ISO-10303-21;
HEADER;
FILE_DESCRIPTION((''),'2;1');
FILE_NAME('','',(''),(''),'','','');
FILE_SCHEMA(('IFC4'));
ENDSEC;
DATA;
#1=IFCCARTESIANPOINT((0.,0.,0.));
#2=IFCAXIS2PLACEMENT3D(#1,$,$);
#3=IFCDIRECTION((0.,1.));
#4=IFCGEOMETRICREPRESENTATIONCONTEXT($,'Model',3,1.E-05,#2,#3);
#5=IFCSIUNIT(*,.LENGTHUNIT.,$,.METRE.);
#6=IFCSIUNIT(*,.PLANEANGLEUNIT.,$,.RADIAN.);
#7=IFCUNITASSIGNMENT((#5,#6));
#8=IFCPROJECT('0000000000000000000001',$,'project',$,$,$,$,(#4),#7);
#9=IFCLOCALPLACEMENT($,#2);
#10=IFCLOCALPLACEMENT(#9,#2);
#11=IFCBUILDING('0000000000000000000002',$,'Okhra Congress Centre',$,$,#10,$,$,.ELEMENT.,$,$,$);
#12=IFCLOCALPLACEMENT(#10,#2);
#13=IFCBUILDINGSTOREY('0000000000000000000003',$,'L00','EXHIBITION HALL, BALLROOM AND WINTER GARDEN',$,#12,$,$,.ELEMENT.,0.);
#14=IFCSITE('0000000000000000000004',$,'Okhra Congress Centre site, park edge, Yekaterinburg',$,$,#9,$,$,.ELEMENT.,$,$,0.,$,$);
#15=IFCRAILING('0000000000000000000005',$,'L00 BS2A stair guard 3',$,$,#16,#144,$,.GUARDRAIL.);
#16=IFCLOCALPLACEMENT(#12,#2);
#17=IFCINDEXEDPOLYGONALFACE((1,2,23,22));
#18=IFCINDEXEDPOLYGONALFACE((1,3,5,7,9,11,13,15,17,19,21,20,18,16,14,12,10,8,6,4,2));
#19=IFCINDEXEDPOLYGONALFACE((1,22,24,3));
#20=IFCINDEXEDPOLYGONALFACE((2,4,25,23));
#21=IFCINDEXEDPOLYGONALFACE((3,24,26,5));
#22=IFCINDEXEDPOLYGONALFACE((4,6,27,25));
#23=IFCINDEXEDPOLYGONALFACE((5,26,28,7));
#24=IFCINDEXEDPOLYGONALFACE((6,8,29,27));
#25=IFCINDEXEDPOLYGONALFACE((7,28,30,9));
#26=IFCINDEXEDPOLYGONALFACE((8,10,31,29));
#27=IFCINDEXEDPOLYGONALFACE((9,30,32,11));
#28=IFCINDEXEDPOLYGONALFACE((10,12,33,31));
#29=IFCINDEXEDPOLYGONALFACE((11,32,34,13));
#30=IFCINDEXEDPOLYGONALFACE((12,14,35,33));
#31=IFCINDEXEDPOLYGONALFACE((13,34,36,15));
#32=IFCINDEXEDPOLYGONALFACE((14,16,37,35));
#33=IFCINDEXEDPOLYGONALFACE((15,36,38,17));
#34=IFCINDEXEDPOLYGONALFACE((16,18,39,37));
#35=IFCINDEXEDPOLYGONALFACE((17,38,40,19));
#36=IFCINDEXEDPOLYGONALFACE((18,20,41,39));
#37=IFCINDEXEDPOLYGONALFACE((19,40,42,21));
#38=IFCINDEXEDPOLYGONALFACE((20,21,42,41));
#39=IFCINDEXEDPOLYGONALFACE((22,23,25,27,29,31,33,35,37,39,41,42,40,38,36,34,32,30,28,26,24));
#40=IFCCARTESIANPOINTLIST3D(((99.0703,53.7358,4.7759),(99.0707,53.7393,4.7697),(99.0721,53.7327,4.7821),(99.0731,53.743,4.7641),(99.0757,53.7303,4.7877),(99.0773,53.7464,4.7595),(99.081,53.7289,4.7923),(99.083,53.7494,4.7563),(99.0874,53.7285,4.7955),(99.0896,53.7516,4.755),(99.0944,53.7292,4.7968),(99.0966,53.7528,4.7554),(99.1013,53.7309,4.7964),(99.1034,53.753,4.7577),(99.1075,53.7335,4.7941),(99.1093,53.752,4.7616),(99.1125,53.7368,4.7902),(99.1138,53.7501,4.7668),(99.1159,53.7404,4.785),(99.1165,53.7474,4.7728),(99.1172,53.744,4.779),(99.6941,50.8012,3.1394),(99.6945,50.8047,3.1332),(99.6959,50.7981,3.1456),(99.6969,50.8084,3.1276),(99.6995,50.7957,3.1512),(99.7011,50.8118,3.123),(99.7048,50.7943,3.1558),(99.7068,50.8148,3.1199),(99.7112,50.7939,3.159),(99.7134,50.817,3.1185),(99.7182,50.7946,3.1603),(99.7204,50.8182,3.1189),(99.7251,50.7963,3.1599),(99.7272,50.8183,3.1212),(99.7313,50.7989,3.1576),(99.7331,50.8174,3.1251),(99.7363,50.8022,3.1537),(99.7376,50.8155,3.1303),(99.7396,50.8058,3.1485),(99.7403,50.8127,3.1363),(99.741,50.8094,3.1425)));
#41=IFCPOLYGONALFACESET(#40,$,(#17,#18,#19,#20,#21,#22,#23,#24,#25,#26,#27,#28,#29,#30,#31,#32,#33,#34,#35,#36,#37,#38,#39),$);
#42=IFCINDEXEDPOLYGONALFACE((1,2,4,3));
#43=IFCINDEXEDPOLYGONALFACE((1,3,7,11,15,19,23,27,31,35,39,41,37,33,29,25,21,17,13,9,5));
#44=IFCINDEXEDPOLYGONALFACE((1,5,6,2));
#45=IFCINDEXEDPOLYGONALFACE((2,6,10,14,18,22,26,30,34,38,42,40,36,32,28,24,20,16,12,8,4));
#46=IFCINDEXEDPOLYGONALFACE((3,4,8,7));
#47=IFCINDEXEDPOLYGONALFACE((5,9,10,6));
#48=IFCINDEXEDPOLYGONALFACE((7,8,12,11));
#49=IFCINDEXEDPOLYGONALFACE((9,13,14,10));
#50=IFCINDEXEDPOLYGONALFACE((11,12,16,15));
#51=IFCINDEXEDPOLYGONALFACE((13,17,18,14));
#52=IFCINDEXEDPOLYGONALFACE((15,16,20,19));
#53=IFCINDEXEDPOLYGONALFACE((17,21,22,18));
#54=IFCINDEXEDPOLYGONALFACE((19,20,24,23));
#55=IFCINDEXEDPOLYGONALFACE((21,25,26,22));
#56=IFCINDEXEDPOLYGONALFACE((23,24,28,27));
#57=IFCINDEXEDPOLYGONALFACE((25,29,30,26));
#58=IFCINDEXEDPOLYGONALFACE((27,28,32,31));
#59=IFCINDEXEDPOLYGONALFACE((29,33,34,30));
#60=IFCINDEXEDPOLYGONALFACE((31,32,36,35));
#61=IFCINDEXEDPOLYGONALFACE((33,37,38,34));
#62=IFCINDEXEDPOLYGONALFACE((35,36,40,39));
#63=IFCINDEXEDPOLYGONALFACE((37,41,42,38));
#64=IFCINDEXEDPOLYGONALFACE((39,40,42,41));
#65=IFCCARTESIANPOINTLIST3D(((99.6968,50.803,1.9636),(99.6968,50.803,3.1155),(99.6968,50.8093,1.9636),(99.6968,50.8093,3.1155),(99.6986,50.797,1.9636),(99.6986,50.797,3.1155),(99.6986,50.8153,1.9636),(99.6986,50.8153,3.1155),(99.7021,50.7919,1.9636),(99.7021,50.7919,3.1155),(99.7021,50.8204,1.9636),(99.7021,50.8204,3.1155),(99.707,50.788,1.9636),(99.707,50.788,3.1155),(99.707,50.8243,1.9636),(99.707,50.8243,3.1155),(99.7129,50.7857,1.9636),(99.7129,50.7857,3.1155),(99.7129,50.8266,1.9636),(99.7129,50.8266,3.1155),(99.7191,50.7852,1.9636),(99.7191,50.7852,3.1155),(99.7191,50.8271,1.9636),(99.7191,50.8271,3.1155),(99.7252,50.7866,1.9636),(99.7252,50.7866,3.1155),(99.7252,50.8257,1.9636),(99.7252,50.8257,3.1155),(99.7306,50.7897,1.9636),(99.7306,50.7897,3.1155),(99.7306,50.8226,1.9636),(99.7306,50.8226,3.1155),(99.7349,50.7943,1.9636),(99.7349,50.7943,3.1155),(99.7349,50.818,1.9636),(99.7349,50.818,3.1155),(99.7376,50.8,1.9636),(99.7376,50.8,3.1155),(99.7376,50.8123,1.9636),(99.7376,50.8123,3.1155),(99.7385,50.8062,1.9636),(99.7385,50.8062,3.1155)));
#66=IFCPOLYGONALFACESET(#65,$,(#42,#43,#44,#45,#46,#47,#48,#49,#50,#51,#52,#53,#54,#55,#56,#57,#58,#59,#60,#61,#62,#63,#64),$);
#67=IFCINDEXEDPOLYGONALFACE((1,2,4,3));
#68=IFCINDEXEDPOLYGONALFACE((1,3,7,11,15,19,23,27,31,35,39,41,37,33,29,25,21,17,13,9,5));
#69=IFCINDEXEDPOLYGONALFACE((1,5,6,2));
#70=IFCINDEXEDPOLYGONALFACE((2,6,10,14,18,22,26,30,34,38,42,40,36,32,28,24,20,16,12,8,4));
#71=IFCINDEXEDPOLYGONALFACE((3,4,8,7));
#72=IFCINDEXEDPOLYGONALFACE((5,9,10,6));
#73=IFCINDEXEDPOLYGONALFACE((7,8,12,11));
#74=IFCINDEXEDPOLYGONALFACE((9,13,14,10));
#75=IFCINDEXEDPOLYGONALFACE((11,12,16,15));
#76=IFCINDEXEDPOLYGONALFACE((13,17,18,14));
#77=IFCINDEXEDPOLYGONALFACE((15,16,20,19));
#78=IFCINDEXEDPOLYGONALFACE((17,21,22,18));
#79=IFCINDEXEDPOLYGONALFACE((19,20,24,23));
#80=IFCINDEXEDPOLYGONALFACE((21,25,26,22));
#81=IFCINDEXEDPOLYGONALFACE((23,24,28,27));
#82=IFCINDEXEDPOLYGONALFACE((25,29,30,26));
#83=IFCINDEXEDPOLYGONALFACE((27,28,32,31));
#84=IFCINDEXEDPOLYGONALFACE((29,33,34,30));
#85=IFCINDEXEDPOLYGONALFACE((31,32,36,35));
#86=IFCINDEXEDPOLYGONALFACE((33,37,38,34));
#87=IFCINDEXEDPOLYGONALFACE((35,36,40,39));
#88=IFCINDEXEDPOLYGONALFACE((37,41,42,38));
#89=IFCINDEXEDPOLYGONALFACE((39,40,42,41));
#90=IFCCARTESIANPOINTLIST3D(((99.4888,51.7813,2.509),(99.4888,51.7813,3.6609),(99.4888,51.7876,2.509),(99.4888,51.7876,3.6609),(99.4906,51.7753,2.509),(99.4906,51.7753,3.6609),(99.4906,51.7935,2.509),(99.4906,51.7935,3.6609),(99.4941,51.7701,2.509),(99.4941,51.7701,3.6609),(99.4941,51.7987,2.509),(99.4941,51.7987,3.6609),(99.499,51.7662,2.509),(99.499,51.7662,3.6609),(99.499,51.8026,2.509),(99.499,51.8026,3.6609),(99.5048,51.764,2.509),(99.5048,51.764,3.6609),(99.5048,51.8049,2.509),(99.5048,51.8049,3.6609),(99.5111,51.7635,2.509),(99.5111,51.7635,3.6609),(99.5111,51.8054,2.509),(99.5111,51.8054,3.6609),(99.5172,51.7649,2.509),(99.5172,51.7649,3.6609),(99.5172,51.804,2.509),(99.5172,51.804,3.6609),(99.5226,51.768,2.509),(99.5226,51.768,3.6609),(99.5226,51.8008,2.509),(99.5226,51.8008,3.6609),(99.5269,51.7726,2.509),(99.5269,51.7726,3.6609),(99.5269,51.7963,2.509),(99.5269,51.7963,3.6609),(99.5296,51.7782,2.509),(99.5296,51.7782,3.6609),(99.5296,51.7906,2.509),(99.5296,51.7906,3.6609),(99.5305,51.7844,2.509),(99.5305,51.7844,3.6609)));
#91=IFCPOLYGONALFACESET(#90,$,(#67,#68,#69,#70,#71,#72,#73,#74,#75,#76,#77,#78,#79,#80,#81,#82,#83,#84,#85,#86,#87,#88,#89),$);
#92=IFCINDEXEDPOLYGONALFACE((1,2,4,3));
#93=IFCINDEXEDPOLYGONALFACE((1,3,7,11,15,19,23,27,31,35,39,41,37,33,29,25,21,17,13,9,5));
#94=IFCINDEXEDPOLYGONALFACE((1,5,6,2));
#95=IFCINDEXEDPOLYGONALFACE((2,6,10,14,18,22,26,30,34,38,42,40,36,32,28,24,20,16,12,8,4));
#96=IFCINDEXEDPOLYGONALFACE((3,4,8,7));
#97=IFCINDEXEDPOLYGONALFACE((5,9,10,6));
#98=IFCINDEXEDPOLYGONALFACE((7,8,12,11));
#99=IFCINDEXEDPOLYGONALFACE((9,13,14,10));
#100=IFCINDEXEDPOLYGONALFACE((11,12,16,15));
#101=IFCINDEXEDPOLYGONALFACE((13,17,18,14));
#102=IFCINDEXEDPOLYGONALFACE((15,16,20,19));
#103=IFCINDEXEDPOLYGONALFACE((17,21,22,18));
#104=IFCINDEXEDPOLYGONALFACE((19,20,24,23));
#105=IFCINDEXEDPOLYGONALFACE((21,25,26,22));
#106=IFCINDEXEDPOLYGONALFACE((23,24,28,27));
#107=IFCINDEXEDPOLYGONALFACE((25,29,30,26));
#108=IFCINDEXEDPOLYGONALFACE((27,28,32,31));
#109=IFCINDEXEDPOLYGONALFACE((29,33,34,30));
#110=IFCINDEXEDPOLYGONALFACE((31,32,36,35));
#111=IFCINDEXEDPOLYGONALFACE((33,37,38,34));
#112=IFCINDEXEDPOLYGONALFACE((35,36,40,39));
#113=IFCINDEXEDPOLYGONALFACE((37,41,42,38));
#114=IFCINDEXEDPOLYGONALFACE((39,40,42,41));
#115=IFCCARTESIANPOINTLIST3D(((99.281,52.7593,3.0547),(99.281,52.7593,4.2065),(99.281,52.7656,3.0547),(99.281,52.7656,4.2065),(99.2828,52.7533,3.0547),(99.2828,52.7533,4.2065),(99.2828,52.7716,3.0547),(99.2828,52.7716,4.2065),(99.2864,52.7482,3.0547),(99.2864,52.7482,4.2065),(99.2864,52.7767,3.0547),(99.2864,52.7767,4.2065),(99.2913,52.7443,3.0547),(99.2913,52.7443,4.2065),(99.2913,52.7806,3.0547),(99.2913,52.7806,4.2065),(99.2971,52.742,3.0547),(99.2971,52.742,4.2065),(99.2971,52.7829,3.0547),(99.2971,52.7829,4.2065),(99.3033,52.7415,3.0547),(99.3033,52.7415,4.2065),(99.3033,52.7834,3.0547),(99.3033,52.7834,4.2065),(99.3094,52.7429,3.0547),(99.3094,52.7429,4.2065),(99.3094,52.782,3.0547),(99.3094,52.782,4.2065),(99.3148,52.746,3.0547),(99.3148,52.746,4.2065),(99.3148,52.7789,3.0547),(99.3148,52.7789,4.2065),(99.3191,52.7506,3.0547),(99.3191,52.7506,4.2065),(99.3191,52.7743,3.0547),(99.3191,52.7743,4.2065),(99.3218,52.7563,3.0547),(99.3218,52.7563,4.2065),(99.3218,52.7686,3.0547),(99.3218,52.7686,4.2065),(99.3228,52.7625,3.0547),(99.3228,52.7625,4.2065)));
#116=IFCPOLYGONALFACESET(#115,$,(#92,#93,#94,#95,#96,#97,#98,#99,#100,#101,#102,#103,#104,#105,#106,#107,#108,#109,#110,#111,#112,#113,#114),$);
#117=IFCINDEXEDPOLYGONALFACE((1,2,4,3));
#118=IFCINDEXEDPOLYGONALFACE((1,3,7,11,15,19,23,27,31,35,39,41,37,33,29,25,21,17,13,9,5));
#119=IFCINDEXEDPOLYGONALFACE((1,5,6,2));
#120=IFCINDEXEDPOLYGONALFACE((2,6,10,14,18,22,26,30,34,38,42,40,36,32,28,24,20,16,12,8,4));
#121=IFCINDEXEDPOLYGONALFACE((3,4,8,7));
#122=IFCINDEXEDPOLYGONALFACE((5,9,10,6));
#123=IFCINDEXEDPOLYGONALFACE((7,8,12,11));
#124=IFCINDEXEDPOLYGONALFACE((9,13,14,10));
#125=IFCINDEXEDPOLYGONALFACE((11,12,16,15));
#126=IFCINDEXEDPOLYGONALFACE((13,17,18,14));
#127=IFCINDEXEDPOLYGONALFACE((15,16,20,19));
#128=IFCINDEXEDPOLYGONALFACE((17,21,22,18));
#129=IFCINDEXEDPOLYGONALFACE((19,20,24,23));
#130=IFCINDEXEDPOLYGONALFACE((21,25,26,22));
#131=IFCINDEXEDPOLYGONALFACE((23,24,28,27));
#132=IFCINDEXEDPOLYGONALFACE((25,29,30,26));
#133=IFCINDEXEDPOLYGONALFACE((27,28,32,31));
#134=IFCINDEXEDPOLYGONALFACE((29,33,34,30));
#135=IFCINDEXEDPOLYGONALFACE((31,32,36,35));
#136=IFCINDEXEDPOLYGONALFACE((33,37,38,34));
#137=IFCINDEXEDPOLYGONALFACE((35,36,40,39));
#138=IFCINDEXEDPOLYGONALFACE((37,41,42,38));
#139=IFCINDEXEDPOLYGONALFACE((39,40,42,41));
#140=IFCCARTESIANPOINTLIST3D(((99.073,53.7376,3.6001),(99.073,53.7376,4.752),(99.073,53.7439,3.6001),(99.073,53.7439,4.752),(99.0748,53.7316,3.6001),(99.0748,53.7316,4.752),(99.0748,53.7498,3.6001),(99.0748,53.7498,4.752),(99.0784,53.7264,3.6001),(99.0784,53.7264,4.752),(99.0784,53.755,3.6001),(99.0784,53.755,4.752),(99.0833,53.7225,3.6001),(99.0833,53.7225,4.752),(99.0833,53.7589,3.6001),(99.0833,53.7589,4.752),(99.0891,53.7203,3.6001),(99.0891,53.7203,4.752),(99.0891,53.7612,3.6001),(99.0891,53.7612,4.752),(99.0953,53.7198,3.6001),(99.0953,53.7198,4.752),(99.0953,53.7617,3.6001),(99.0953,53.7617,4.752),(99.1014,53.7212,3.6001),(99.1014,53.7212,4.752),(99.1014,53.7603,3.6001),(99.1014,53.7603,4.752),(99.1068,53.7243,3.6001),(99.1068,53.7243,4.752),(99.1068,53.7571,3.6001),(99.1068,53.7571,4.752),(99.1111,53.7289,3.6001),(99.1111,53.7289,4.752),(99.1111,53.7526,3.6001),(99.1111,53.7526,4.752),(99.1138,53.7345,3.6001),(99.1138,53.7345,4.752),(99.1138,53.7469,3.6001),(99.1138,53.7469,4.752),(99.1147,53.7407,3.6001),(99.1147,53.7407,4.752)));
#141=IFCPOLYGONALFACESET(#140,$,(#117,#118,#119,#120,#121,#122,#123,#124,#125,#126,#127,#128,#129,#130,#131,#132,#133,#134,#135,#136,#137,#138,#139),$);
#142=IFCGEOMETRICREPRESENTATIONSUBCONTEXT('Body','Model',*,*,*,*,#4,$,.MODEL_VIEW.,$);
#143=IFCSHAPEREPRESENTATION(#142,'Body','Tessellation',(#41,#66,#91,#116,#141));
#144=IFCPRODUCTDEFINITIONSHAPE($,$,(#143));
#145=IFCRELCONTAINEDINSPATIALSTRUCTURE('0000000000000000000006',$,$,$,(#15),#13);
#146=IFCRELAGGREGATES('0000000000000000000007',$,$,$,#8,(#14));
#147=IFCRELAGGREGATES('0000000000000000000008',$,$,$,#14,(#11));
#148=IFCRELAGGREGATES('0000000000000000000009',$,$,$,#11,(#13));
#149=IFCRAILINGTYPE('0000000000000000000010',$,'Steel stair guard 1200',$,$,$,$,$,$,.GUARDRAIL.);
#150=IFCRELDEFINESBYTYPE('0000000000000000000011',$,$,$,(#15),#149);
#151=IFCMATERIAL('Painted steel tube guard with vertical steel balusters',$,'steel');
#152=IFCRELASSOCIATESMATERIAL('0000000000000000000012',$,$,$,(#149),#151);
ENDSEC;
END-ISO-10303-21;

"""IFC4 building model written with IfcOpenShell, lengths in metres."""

from ifc_helpers import new_model, si_unit, direction, frame, origin, origin_2d, place, context, subcontext, project, spatial, circle, extrude, material, type_object, element, save


model = new_model("IFC4")

# Units and contexts
model_context = context("Model", 3, precision=1e-05, world=origin(), true_north=direction((0.0, 1.0)))
body_context = subcontext(model_context, "Body", "Model", "MODEL_VIEW")
ifc_project = project(units=[si_unit("LENGTHUNIT", "METRE"), si_unit("PLANEANGLEUNIT", "RADIAN")], contexts=[model_context])

# Site, building, storey
site_placement = place(None, origin())
site = spatial("IfcSite", under=ifc_project, at=site_placement, Name="Okhra Congress Centre site, park edge, Yekaterinburg", CompositionType="ELEMENT", RefElevation=0.0)
building_placement = place(site_placement, origin())
building = spatial("IfcBuilding", under=site, at=building_placement, Name="Okhra Congress Centre", CompositionType="ELEMENT")
storey_placement = place(building_placement, origin())
storey = spatial("IfcBuildingStorey", under=building, at=storey_placement, Name="L00", Description="EXHIBITION HALL, BALLROOM AND WINTER GARDEN", CompositionType="ELEMENT", Elevation=0.0)

# Railing
ifc_material_1 = material(Name="Painted steel tube guard with vertical steel balusters", Category="steel")
railing_type_1 = type_object("IfcRailingType", Name="Steel stair guard 1200", PredefinedType="GUARDRAIL", material=ifc_material_1)
railing_1_placement = place(storey_placement, frame((99.7175, 50.8062, 1.9636)))
element("IfcRailing", 1, at=railing_1_placement, inside=storey, type_object=railing_type_1, Name="L00 BS2A stair guard 3", PredefinedType="GUARDRAIL", context=body_context, shape_type="SweptSolid", body=[
    extrude(circle(Radius=0.0239, at=origin_2d()), frame((0.0, 0.0, 1.1758), z_axis=(-0.182529, 0.858706, 0.478861), x_axis=(-0.978146, -0.207917, 0.0)), (0.0, 0.0, 1.0), 3.4175),
    extrude(circle(Radius=0.021, at=origin_2d()), origin(), (0.0, 0.0, 1.0), 1.1519),
    extrude(circle(Radius=0.021, at=origin_2d()), frame((-0.208, 0.9783, 0.5454)), (0.0, 0.0, 1.0), 1.1519),
    extrude(circle(Radius=0.021, at=origin_2d()), frame((-0.4158, 1.9563, 1.0911)), (0.0, 0.0, 1.0), 1.1519),
    extrude(circle(Radius=0.021, at=origin_2d()), frame((-0.6238, 2.9346, 1.6365)), (0.0, 0.0, 1.0), 1.1519),
])

save(model, "model.ifc")
